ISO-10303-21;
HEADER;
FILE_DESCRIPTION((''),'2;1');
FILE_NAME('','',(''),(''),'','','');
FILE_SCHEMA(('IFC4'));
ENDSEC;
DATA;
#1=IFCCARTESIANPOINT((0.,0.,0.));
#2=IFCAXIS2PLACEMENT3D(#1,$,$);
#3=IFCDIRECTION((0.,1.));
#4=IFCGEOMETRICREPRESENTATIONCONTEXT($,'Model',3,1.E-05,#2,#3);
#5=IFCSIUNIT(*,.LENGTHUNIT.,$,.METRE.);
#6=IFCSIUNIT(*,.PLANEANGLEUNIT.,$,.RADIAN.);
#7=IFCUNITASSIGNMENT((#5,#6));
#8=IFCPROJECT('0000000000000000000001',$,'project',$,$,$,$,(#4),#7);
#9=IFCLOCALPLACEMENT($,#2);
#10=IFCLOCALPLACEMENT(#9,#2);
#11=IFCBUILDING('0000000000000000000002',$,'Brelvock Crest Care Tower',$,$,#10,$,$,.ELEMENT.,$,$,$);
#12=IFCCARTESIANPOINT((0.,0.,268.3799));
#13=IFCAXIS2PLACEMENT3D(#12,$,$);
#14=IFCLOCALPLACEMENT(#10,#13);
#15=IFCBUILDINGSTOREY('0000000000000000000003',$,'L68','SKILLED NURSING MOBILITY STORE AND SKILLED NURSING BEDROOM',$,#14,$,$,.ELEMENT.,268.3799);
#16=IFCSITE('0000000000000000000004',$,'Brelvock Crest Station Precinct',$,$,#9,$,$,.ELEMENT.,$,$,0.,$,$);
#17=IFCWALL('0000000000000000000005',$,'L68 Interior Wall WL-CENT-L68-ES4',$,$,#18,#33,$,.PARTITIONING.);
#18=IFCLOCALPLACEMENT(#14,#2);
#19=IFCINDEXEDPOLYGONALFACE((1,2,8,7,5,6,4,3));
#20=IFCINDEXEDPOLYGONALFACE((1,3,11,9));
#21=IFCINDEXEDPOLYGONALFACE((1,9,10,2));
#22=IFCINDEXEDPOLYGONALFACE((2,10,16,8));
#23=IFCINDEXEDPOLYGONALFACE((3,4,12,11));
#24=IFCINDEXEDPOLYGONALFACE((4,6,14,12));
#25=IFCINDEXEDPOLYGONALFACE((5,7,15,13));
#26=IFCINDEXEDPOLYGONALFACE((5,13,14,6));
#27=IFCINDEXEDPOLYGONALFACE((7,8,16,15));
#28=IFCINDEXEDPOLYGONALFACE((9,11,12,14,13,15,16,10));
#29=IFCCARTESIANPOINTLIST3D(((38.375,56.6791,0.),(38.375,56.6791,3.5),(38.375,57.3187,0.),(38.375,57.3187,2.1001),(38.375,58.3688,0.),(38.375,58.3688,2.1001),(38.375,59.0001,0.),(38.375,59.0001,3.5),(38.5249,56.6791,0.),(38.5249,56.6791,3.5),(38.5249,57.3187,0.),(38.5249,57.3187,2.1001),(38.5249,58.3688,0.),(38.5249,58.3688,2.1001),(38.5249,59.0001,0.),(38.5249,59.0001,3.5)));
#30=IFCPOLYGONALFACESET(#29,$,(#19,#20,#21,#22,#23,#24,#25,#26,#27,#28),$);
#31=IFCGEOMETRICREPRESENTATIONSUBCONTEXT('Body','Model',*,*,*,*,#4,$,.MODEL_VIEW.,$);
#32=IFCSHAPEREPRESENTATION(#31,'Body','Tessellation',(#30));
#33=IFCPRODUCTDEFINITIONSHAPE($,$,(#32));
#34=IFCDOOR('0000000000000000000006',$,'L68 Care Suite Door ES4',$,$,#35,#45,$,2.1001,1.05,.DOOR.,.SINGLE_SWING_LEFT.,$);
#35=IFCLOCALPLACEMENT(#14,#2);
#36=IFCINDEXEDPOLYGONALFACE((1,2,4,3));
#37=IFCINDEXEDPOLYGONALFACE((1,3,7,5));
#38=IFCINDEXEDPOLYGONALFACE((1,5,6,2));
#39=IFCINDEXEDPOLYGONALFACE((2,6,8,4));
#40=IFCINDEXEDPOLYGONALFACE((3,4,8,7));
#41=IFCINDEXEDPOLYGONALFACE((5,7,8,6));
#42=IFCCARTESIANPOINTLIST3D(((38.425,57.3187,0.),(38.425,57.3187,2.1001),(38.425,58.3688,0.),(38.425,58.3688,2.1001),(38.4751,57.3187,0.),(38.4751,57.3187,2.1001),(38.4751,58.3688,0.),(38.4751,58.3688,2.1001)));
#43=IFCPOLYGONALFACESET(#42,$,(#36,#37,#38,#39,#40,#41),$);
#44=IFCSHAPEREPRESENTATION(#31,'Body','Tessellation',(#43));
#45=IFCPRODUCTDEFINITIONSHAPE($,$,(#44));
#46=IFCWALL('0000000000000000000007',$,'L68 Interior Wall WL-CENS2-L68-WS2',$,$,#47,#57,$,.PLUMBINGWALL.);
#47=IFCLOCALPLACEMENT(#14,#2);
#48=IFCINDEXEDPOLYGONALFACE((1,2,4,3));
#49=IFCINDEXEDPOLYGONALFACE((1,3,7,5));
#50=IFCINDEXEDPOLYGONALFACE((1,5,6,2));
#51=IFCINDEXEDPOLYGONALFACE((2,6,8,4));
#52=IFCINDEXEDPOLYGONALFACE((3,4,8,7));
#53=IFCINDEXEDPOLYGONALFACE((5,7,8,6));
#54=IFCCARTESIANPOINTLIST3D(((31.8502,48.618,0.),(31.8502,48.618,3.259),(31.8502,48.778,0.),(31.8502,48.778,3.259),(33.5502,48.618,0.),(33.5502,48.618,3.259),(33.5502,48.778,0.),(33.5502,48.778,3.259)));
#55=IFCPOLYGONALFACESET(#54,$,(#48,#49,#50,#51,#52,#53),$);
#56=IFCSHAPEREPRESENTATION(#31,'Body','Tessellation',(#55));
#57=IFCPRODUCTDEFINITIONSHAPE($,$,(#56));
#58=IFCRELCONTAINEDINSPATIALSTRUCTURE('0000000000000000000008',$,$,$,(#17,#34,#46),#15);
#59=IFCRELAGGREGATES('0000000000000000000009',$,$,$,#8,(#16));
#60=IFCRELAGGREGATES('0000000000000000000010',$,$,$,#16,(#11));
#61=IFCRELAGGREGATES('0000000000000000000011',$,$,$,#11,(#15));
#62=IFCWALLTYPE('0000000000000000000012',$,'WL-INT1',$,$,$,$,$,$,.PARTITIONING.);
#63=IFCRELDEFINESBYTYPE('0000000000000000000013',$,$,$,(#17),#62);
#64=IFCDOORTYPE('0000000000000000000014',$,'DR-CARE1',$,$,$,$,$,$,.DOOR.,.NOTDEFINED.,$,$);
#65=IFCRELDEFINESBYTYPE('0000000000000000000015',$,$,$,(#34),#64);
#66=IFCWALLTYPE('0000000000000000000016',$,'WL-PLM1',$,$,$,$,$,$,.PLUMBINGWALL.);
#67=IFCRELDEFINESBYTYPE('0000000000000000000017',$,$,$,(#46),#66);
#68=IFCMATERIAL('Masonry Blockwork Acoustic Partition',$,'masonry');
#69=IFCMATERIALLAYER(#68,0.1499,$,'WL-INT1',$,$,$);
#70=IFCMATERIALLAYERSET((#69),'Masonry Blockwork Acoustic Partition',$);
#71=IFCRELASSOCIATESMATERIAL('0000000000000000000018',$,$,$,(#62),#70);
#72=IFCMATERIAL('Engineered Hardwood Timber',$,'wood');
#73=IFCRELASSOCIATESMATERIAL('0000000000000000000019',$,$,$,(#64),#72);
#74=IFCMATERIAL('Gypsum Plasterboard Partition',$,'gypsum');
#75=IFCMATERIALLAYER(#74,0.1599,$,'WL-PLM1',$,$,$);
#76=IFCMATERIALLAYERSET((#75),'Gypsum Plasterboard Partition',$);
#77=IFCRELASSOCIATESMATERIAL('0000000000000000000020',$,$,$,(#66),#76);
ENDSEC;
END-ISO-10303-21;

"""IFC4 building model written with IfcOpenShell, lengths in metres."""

from ifc_helpers import new_model, si_unit, direction, frame, frame_2d, origin, origin_2d, place, context, subcontext, project, spatial, rectangle, extrude, source, transform, mapped, material, layer, layer_set, type_object, element, fill, save


model = new_model("IFC4")

# Units and contexts
model_context = context("Model", 3, precision=1e-05, world=origin(), true_north=direction((0.0, 1.0)))
body_context = subcontext(model_context, "Body", "Model", "MODEL_VIEW")
ifc_project = project(units=[si_unit("LENGTHUNIT", "METRE"), si_unit("PLANEANGLEUNIT", "RADIAN")], contexts=[model_context])

# Site, building, storey
site_placement = place(None, origin())
site = spatial("IfcSite", under=ifc_project, at=site_placement, Name="Brelvock Crest Station Precinct", CompositionType="ELEMENT", RefElevation=0.0)
building_placement = place(site_placement, origin())
building = spatial("IfcBuilding", under=site, at=building_placement, Name="Brelvock Crest Care Tower", CompositionType="ELEMENT")
storey_placement = place(building_placement, frame((0.0, 0.0, 268.3799)))
storey = spatial("IfcBuildingStorey", under=building, at=storey_placement, Name="L68", Description="SKILLED NURSING MOBILITY STORE AND SKILLED NURSING BEDROOM", CompositionType="ELEMENT", Elevation=268.3799)

# Shared definitions
ifc_material_1 = material(Name="Masonry Blockwork Acoustic Partition", Category="masonry")
ifc_layer_1 = layer(ifc_material_1, 0.1499, Name="WL-INT1")
ifc_layer_set_1 = layer_set([ifc_layer_1], Name="Masonry Blockwork Acoustic Partition")
wall_type_1 = type_object("IfcWallType", Name="WL-INT1", PredefinedType="PARTITIONING", material=ifc_layer_set_1)

# Wall, opening, door
ifc_material_2 = material(Name="Engineered Hardwood Timber", Category="wood")
door_type = type_object("IfcDoorType", Name="DR-CARE1", OperationType="NOTDEFINED", PredefinedType="DOOR", material=ifc_material_2)
shared_shape_1 = source(origin(), body_context, "Body", "SweptSolid", [
    extrude(rectangle(XDim=1.05, YDim=2.1001, at=origin_2d()), frame((0.5249, 0.0249, 1.05), z_axis=(0.0, -1.0, 0.0), x_axis=(1.0, 0.0, 0.0)), (0.0, 0.0, 1.0), 0.05),
])
wall_1_placement = place(storey_placement, frame((38.45, 56.679, 0.0), z_axis=(0.0, 0.0, 1.0), x_axis=(0.0, 1.0, 0.0)))
wall_1 = element("IfcWall", 1, at=wall_1_placement, inside=storey, type_object=wall_type_1, Name="L68 Interior Wall WL-CENT-L68-ES4", PredefinedType="PARTITIONING", context=body_context, shape_type="SweptSolid", body=[
    extrude(rectangle(XDim=2.321, YDim=0.1499, at=frame_2d((1.1606, 0.0))), origin(), (0.0, 0.0, 1.0), 3.5),
])
opening_1_placement = place(wall_1_placement, frame((0.6399, 0.0, 0.0)))
opening_1 = element("IfcOpeningElement", 2, at=opening_1_placement, cuts=wall_1, PredefinedType="OPENING", context=body_context, shape_type="SweptSolid", body=[
    extrude(rectangle(XDim=1.05, YDim=2.1001, at=origin_2d()), frame((0.5249, 0.085, 1.05), z_axis=(0.0, -1.0, 0.0), x_axis=(1.0, 0.0, 0.0)), (0.0, 0.0, 1.0), 0.1699),
])
door_1_placement = place(opening_1_placement, origin())
door_1 = element("IfcDoor", 3, at=door_1_placement, inside=storey, type_object=door_type, Name="L68 Care Suite Door ES4", OperationType="SINGLE_SWING_LEFT", OverallHeight=2.1001, OverallWidth=1.05, PredefinedType="DOOR", context=body_context, shape_type="MappedRepresentation", body=[
    mapped(shared_shape_1, transform((0.0, 0.0, 0.0), x_axis=(1.0, 0.0, 0.0), y_axis=(0.0, 1.0, 0.0), z_axis=(0.0, 0.0, 1.0), scale=1.0)),
])
fill(opening_1, door_1)

# Wall
ifc_material_3 = material(Name="Gypsum Plasterboard Partition", Category="gypsum")
ifc_layer_2 = layer(ifc_material_3, 0.1599, Name="WL-PLM1")
ifc_layer_set_2 = layer_set([ifc_layer_2], Name="Gypsum Plasterboard Partition")
wall_type_2 = type_object("IfcWallType", Name="WL-PLM1", PredefinedType="PLUMBINGWALL", material=ifc_layer_set_2)
wall_2_placement = place(storey_placement, frame((31.8501, 48.698, 0.0), z_axis=(0.0, 0.0, 1.0), x_axis=(1.0, 0.0, 0.0)))
element("IfcWall", 4, at=wall_2_placement, inside=storey, type_object=wall_type_2, Name="L68 Interior Wall WL-CENS2-L68-WS2", PredefinedType="PLUMBINGWALL", context=body_context, shape_type="SweptSolid", body=[
    extrude(rectangle(XDim=1.7, YDim=0.1599, at=frame_2d((0.8501, 0.0))), origin(), (0.0, 0.0, 1.0), 3.259),
])

save(model, "model.ifc")
